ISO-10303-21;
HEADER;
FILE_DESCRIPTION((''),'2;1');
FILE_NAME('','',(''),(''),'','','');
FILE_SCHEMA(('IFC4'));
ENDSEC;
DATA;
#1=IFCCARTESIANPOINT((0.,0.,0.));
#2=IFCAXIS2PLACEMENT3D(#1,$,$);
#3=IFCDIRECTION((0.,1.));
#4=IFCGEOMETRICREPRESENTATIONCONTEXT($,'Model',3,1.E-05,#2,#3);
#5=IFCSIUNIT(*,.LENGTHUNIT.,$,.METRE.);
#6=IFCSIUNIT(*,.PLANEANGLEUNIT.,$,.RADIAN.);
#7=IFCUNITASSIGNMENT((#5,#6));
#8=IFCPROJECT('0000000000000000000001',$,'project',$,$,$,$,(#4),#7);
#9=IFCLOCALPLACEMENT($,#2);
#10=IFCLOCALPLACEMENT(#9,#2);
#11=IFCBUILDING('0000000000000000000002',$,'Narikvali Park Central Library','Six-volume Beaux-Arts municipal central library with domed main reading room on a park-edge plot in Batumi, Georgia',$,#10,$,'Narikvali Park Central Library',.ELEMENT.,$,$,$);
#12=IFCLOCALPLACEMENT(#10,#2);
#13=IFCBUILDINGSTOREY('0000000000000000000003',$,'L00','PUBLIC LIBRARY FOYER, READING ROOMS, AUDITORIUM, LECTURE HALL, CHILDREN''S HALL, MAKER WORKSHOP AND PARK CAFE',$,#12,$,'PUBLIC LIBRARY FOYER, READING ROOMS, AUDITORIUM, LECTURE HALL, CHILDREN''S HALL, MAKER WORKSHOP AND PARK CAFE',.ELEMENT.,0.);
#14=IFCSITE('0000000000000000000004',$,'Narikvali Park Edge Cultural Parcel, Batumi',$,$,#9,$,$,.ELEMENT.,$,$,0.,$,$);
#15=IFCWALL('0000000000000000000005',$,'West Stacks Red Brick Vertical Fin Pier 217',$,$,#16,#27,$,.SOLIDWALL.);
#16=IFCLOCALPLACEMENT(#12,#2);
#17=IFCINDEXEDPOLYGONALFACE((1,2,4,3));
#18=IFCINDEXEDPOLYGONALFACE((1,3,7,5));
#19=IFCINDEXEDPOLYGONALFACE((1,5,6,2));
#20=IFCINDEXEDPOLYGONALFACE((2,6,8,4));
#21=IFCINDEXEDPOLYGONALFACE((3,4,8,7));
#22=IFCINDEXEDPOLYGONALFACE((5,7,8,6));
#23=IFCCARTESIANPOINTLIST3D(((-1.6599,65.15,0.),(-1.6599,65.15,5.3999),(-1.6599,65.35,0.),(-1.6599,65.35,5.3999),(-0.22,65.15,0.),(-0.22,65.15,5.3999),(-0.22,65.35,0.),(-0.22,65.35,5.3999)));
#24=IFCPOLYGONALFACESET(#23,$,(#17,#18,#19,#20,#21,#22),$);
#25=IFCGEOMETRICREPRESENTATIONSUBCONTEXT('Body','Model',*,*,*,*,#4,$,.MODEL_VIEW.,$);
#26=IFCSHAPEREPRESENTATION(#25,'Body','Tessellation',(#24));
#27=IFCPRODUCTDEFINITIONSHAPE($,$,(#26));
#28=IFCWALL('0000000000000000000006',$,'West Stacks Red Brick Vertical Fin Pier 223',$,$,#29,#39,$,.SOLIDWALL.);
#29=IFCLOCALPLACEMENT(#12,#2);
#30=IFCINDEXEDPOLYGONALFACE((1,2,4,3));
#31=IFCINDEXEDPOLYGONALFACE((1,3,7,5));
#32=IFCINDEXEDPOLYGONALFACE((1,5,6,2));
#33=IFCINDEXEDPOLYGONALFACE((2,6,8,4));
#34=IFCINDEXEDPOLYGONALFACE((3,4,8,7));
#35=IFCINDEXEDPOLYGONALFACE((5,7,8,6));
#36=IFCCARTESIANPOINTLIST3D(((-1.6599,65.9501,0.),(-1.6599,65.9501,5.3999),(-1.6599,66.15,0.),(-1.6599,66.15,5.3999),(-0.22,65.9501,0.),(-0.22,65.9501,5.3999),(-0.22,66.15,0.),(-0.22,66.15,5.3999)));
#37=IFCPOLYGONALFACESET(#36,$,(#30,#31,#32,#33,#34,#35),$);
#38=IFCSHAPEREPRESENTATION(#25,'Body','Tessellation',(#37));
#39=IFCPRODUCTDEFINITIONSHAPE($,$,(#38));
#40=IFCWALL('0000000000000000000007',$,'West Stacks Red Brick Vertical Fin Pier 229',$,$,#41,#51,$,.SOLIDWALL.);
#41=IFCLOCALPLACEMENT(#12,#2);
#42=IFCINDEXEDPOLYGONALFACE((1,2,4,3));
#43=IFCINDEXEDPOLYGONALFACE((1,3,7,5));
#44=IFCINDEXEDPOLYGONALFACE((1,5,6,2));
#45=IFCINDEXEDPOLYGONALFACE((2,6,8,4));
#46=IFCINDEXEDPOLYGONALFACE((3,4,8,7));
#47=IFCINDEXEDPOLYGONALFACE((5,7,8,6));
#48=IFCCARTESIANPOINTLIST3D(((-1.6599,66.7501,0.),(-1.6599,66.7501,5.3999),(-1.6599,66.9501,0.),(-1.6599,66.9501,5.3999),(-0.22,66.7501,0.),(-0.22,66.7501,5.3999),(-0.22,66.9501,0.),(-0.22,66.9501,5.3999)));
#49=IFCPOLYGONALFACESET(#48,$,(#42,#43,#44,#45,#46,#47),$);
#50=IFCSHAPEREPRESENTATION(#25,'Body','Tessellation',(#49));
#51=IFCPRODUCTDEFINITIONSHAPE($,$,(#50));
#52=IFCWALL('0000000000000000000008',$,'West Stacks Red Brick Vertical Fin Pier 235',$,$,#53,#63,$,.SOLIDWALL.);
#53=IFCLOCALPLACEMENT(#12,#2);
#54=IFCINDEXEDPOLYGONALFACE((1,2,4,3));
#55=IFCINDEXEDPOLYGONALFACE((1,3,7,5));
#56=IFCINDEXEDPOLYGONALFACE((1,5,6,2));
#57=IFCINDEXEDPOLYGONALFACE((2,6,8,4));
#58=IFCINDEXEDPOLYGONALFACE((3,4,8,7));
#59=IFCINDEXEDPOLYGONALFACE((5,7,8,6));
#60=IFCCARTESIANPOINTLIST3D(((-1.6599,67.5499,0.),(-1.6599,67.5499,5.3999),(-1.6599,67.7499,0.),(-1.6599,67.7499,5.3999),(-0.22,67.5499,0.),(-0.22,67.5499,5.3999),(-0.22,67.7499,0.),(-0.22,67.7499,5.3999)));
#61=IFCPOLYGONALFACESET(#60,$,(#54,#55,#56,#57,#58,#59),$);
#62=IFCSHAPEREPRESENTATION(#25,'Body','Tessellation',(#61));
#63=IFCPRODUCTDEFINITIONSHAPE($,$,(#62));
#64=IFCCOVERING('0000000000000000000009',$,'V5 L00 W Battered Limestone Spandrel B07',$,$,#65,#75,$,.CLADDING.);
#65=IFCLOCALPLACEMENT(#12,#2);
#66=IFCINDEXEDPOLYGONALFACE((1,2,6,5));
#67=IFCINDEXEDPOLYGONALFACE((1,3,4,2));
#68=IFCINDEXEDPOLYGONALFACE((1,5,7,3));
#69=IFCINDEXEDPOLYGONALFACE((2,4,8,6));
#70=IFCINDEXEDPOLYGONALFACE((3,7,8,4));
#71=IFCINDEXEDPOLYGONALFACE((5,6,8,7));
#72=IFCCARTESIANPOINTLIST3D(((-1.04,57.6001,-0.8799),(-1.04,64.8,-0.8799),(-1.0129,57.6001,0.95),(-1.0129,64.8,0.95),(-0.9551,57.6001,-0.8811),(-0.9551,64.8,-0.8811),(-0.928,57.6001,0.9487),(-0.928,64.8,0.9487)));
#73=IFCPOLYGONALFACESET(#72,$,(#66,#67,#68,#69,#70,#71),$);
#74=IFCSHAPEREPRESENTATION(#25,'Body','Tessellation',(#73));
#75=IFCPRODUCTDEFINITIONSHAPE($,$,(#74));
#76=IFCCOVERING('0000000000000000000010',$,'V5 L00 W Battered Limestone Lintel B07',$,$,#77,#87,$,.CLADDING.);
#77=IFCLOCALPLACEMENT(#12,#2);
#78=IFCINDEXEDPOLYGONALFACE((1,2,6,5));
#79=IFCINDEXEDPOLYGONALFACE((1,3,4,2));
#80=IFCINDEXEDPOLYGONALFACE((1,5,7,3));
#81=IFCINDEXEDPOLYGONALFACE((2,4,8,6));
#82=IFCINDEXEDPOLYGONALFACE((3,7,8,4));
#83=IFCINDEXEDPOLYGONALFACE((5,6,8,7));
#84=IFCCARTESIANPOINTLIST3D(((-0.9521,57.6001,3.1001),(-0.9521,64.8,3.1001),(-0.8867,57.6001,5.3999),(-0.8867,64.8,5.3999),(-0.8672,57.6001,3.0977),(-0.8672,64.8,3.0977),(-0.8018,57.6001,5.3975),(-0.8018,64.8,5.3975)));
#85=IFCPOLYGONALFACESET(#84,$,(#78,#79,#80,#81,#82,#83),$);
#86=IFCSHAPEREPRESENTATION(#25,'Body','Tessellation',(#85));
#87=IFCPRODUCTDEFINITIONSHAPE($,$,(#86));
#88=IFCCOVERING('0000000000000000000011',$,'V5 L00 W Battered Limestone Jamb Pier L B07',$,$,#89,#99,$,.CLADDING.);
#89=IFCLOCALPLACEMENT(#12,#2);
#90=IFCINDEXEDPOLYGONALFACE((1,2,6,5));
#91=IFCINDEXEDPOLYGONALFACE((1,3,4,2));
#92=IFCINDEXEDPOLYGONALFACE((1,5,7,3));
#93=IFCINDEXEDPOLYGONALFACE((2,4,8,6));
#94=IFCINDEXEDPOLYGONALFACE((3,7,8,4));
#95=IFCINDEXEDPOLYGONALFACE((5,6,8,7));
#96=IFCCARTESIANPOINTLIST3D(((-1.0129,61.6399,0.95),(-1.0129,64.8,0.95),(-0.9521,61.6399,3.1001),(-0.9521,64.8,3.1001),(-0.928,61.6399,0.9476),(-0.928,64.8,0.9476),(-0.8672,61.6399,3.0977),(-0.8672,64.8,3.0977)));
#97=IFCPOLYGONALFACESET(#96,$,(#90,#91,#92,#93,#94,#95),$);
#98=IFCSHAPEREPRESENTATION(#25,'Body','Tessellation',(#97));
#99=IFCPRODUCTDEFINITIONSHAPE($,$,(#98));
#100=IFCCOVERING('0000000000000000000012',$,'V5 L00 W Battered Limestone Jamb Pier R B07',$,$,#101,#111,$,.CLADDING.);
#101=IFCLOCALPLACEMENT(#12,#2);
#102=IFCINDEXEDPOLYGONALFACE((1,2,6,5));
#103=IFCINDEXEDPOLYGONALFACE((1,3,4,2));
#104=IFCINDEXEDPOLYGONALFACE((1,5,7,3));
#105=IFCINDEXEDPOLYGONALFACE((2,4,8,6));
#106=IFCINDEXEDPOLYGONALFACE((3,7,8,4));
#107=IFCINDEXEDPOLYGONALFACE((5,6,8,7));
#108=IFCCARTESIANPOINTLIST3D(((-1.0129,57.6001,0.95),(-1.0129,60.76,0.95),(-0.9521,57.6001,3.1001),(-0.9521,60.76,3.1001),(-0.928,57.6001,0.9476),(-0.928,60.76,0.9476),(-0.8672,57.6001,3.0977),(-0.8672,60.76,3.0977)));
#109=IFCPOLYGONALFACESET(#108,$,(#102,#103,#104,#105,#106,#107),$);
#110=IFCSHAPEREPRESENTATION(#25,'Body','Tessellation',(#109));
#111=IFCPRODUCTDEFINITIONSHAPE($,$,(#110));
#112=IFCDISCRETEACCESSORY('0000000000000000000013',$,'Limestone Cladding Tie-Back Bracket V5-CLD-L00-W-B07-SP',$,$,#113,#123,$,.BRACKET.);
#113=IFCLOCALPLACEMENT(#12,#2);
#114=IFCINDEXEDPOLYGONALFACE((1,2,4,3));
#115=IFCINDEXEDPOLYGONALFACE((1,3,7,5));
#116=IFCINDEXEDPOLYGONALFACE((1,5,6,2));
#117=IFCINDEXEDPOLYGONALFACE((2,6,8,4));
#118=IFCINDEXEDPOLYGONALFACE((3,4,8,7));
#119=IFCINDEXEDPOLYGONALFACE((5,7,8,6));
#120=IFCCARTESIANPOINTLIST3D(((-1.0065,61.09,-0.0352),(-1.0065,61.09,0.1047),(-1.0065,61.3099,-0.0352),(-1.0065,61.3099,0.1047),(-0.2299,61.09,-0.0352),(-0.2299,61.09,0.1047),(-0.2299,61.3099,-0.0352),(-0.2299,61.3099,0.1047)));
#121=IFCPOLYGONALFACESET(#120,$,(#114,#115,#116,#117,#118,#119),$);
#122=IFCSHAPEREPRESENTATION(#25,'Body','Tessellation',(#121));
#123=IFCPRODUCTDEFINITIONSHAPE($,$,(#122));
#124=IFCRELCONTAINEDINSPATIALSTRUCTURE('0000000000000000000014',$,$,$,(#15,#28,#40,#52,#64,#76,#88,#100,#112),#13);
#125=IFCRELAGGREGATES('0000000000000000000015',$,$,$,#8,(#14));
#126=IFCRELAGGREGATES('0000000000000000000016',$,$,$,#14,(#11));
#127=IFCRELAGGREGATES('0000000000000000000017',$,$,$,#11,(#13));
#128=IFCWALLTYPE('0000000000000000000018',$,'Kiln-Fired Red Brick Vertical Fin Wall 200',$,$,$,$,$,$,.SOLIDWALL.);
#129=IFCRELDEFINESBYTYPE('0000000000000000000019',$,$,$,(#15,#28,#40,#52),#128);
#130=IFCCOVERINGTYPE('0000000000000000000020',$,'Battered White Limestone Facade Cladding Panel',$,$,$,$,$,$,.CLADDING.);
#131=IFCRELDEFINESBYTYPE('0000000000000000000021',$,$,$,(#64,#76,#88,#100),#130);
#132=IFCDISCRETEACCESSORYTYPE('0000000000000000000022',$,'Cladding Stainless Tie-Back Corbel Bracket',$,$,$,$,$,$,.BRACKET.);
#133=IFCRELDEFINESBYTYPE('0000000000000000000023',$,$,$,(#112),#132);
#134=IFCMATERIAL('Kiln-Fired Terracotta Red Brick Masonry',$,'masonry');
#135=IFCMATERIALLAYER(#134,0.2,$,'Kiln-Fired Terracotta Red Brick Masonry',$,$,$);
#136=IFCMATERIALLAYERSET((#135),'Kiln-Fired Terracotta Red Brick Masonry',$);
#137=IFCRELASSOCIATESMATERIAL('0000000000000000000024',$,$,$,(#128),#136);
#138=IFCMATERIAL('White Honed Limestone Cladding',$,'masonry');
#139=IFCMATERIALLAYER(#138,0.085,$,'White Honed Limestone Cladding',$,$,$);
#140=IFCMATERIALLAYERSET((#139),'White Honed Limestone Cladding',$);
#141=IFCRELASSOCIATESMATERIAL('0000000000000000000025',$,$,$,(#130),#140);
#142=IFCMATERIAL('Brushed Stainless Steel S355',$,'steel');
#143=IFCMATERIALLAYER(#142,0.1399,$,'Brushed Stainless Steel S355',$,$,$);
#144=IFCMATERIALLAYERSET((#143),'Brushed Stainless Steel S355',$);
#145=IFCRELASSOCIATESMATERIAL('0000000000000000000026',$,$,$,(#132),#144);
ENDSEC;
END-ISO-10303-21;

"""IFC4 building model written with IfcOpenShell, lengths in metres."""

from ifc_helpers import new_model, si_unit, direction, frame, frame_2d, origin, origin_2d, place, context, subcontext, project, spatial, polyline, rectangle, outline, extrude, material, layer, layer_set, type_object, element, save


model = new_model("IFC4")

# Units and contexts
model_context = context("Model", 3, precision=1e-05, world=origin(), true_north=direction((0.0, 1.0)))
body_context = subcontext(model_context, "Body", "Model", "MODEL_VIEW")
ifc_project = project(units=[si_unit("LENGTHUNIT", "METRE"), si_unit("PLANEANGLEUNIT", "RADIAN")], contexts=[model_context])

# Site, building, storey
site_placement = place(None, origin())
site = spatial("IfcSite", under=ifc_project, at=site_placement, Name="Narikvali Park Edge Cultural Parcel, Batumi", CompositionType="ELEMENT", RefElevation=0.0)
building_placement = place(site_placement, origin())
building = spatial("IfcBuilding", under=site, at=building_placement, Name="Narikvali Park Central Library", Description="Six-volume Beaux-Arts municipal central library with domed main reading room on a park-edge plot in Batumi, Georgia", LongName="Narikvali Park Central Library", CompositionType="ELEMENT")
storey_placement = place(building_placement, origin())
storey = spatial("IfcBuildingStorey", under=building, at=storey_placement, Name="L00", Description="PUBLIC LIBRARY FOYER, READING ROOMS, AUDITORIUM, LECTURE HALL, CHILDREN'S HALL, MAKER WORKSHOP AND PARK CAFE", LongName="PUBLIC LIBRARY FOYER, READING ROOMS, AUDITORIUM, LECTURE HALL, CHILDREN'S HALL, MAKER WORKSHOP AND PARK CAFE", CompositionType="ELEMENT", Elevation=0.0)

# Walls
ifc_material_1 = material(Name="Kiln-Fired Terracotta Red Brick Masonry", Category="masonry")
ifc_layer_1 = layer(ifc_material_1, 0.2, Name="Kiln-Fired Terracotta Red Brick Masonry")
ifc_layer_set_1 = layer_set([ifc_layer_1], Name="Kiln-Fired Terracotta Red Brick Masonry")
wall_type = type_object("IfcWallType", Name="Kiln-Fired Red Brick Vertical Fin Wall 200", PredefinedType="SOLIDWALL", material=ifc_layer_set_1)
for number, where, z_axis, x_axis, name in (
    (1, (-1.6599, 65.25, 0.0), (0.0, 0.0, 1.0), (1.0, 0.0, 0.0), "West Stacks Red Brick Vertical Fin Pier 217"),
    (2, (-1.6599, 66.05, 0.0), (0.0, 0.0, 1.0), (1.0, 0.0, 0.0), "West Stacks Red Brick Vertical Fin Pier 223"),
    (3, (-1.6599, 66.8501, 0.0), (0.0, 0.0, 1.0), (1.0, 0.0, 0.0), "West Stacks Red Brick Vertical Fin Pier 229"),
    (4, (-1.6599, 67.6499, 0.0), (0.0, 0.0, 1.0), (1.0, 0.0, 0.0), "West Stacks Red Brick Vertical Fin Pier 235"),
):
    element("IfcWall", number, at=place(storey_placement, frame(where, z_axis=z_axis, x_axis=x_axis)), inside=storey, type_object=wall_type, Name=name, PredefinedType="SOLIDWALL", context=body_context, shape_type="SweptSolid", body=[
        extrude(rectangle(XDim=1.4399, YDim=0.2, at=frame_2d((0.72, 0.0))), origin(), (0.0, 0.0, 1.0), 5.3999),
    ])

# Coverings
ifc_material_2 = material(Name="White Honed Limestone Cladding", Category="masonry")
ifc_layer_2 = layer(ifc_material_2, 0.085, Name="White Honed Limestone Cladding")
ifc_layer_set_2 = layer_set([ifc_layer_2], Name="White Honed Limestone Cladding")
covering_type = type_object("IfcCoveringType", Name="Battered White Limestone Facade Cladding Panel", PredefinedType="CLADDING", material=ifc_layer_set_2)
covering_1_placement = place(storey_placement, frame((-1.04, 64.8, -0.8799), z_axis=(-0.99989, 0.0, 0.014808), x_axis=(0.0, -1.0, 0.0)))
element("IfcCovering", 5, at=covering_1_placement, inside=storey, type_object=covering_type, Name="V5 L00 W Battered Limestone Spandrel B07", PredefinedType="CLADDING", context=body_context, shape_type="SweptSolid", body=[
    extrude(outline(polyline([(0.0, 0.0), (7.2, 0.0), (7.2, 1.83), (0.0, 1.83), (0.0, 0.0)])), origin(), (0.0, 0.0, -1.0), 0.085),
])
covering_2_placement = place(storey_placement, frame((-0.9521, 64.8, 3.1001), z_axis=(-0.999596, 0.0, 0.028439), x_axis=(0.0, -1.0, 0.0)))
element("IfcCovering", 6, at=covering_2_placement, inside=storey, type_object=covering_type, Name="V5 L00 W Battered Limestone Lintel B07", PredefinedType="CLADDING", context=body_context, shape_type="SweptSolid", body=[
    extrude(outline(polyline([(0.0, 0.0), (7.2, 0.0), (7.2, 2.3007), (0.0, 2.3007), (0.0, 0.0)])), origin(), (0.0, 0.0, -1.0), 0.085),
])
covering_3_placement = place(storey_placement, frame((-1.0129, 64.8, 0.95), z_axis=(-0.999601, 0.0, 0.028262), x_axis=(0.0, -1.0, 0.0)))
element("IfcCovering", 7, at=covering_3_placement, inside=storey, type_object=covering_type, Name="V5 L00 W Battered Limestone Jamb Pier L B07", PredefinedType="CLADDING", context=body_context, shape_type="SweptSolid", body=[
    extrude(outline(polyline([(0.0, 0.0), (3.1602, 0.0), (3.1602, 2.151), (0.0, 2.151), (0.0, 0.0)])), origin(), (0.0, 0.0, -1.0), 0.085),
])
covering_4_placement = place(storey_placement, frame((-1.0129, 60.76, 0.95), z_axis=(-0.999601, 0.0, 0.028262), x_axis=(0.0, -1.0, 0.0)))
element("IfcCovering", 8, at=covering_4_placement, inside=storey, type_object=covering_type, Name="V5 L00 W Battered Limestone Jamb Pier R B07", PredefinedType="CLADDING", context=body_context, shape_type="SweptSolid", body=[
    extrude(outline(polyline([(0.0, 0.0), (3.1599, 0.0), (3.1599, 2.151), (0.0, 2.151), (0.0, 0.0)])), origin(), (0.0, 0.0, -1.0), 0.085),
])

# Discrete accessory
ifc_material_3 = material(Name="Brushed Stainless Steel S355", Category="steel")
ifc_layer_3 = layer(ifc_material_3, 0.1399, Name="Brushed Stainless Steel S355")
ifc_layer_set_3 = layer_set([ifc_layer_3], Name="Brushed Stainless Steel S355")
discrete_accessory_type = type_object("IfcDiscreteAccessoryType", Name="Cladding Stainless Tie-Back Corbel Bracket", PredefinedType="BRACKET", material=ifc_layer_set_3)
discrete_accessory_placement = place(storey_placement, frame((-0.6182, 61.2, -0.0352), z_axis=(0.0, 0.0, 1.0), x_axis=(1.0, 0.0, 0.0)))
element("IfcDiscreteAccessory", 9, at=discrete_accessory_placement, inside=storey, type_object=discrete_accessory_type, Name="Limestone Cladding Tie-Back Bracket V5-CLD-L00-W-B07-SP", PredefinedType="BRACKET", context=body_context, shape_type="SweptSolid", body=[
    extrude(rectangle(XDim=0.7766, YDim=0.22, at=origin_2d()), origin(), (0.0, 0.0, 1.0), 0.1399),
])

save(model, "model.ifc")
